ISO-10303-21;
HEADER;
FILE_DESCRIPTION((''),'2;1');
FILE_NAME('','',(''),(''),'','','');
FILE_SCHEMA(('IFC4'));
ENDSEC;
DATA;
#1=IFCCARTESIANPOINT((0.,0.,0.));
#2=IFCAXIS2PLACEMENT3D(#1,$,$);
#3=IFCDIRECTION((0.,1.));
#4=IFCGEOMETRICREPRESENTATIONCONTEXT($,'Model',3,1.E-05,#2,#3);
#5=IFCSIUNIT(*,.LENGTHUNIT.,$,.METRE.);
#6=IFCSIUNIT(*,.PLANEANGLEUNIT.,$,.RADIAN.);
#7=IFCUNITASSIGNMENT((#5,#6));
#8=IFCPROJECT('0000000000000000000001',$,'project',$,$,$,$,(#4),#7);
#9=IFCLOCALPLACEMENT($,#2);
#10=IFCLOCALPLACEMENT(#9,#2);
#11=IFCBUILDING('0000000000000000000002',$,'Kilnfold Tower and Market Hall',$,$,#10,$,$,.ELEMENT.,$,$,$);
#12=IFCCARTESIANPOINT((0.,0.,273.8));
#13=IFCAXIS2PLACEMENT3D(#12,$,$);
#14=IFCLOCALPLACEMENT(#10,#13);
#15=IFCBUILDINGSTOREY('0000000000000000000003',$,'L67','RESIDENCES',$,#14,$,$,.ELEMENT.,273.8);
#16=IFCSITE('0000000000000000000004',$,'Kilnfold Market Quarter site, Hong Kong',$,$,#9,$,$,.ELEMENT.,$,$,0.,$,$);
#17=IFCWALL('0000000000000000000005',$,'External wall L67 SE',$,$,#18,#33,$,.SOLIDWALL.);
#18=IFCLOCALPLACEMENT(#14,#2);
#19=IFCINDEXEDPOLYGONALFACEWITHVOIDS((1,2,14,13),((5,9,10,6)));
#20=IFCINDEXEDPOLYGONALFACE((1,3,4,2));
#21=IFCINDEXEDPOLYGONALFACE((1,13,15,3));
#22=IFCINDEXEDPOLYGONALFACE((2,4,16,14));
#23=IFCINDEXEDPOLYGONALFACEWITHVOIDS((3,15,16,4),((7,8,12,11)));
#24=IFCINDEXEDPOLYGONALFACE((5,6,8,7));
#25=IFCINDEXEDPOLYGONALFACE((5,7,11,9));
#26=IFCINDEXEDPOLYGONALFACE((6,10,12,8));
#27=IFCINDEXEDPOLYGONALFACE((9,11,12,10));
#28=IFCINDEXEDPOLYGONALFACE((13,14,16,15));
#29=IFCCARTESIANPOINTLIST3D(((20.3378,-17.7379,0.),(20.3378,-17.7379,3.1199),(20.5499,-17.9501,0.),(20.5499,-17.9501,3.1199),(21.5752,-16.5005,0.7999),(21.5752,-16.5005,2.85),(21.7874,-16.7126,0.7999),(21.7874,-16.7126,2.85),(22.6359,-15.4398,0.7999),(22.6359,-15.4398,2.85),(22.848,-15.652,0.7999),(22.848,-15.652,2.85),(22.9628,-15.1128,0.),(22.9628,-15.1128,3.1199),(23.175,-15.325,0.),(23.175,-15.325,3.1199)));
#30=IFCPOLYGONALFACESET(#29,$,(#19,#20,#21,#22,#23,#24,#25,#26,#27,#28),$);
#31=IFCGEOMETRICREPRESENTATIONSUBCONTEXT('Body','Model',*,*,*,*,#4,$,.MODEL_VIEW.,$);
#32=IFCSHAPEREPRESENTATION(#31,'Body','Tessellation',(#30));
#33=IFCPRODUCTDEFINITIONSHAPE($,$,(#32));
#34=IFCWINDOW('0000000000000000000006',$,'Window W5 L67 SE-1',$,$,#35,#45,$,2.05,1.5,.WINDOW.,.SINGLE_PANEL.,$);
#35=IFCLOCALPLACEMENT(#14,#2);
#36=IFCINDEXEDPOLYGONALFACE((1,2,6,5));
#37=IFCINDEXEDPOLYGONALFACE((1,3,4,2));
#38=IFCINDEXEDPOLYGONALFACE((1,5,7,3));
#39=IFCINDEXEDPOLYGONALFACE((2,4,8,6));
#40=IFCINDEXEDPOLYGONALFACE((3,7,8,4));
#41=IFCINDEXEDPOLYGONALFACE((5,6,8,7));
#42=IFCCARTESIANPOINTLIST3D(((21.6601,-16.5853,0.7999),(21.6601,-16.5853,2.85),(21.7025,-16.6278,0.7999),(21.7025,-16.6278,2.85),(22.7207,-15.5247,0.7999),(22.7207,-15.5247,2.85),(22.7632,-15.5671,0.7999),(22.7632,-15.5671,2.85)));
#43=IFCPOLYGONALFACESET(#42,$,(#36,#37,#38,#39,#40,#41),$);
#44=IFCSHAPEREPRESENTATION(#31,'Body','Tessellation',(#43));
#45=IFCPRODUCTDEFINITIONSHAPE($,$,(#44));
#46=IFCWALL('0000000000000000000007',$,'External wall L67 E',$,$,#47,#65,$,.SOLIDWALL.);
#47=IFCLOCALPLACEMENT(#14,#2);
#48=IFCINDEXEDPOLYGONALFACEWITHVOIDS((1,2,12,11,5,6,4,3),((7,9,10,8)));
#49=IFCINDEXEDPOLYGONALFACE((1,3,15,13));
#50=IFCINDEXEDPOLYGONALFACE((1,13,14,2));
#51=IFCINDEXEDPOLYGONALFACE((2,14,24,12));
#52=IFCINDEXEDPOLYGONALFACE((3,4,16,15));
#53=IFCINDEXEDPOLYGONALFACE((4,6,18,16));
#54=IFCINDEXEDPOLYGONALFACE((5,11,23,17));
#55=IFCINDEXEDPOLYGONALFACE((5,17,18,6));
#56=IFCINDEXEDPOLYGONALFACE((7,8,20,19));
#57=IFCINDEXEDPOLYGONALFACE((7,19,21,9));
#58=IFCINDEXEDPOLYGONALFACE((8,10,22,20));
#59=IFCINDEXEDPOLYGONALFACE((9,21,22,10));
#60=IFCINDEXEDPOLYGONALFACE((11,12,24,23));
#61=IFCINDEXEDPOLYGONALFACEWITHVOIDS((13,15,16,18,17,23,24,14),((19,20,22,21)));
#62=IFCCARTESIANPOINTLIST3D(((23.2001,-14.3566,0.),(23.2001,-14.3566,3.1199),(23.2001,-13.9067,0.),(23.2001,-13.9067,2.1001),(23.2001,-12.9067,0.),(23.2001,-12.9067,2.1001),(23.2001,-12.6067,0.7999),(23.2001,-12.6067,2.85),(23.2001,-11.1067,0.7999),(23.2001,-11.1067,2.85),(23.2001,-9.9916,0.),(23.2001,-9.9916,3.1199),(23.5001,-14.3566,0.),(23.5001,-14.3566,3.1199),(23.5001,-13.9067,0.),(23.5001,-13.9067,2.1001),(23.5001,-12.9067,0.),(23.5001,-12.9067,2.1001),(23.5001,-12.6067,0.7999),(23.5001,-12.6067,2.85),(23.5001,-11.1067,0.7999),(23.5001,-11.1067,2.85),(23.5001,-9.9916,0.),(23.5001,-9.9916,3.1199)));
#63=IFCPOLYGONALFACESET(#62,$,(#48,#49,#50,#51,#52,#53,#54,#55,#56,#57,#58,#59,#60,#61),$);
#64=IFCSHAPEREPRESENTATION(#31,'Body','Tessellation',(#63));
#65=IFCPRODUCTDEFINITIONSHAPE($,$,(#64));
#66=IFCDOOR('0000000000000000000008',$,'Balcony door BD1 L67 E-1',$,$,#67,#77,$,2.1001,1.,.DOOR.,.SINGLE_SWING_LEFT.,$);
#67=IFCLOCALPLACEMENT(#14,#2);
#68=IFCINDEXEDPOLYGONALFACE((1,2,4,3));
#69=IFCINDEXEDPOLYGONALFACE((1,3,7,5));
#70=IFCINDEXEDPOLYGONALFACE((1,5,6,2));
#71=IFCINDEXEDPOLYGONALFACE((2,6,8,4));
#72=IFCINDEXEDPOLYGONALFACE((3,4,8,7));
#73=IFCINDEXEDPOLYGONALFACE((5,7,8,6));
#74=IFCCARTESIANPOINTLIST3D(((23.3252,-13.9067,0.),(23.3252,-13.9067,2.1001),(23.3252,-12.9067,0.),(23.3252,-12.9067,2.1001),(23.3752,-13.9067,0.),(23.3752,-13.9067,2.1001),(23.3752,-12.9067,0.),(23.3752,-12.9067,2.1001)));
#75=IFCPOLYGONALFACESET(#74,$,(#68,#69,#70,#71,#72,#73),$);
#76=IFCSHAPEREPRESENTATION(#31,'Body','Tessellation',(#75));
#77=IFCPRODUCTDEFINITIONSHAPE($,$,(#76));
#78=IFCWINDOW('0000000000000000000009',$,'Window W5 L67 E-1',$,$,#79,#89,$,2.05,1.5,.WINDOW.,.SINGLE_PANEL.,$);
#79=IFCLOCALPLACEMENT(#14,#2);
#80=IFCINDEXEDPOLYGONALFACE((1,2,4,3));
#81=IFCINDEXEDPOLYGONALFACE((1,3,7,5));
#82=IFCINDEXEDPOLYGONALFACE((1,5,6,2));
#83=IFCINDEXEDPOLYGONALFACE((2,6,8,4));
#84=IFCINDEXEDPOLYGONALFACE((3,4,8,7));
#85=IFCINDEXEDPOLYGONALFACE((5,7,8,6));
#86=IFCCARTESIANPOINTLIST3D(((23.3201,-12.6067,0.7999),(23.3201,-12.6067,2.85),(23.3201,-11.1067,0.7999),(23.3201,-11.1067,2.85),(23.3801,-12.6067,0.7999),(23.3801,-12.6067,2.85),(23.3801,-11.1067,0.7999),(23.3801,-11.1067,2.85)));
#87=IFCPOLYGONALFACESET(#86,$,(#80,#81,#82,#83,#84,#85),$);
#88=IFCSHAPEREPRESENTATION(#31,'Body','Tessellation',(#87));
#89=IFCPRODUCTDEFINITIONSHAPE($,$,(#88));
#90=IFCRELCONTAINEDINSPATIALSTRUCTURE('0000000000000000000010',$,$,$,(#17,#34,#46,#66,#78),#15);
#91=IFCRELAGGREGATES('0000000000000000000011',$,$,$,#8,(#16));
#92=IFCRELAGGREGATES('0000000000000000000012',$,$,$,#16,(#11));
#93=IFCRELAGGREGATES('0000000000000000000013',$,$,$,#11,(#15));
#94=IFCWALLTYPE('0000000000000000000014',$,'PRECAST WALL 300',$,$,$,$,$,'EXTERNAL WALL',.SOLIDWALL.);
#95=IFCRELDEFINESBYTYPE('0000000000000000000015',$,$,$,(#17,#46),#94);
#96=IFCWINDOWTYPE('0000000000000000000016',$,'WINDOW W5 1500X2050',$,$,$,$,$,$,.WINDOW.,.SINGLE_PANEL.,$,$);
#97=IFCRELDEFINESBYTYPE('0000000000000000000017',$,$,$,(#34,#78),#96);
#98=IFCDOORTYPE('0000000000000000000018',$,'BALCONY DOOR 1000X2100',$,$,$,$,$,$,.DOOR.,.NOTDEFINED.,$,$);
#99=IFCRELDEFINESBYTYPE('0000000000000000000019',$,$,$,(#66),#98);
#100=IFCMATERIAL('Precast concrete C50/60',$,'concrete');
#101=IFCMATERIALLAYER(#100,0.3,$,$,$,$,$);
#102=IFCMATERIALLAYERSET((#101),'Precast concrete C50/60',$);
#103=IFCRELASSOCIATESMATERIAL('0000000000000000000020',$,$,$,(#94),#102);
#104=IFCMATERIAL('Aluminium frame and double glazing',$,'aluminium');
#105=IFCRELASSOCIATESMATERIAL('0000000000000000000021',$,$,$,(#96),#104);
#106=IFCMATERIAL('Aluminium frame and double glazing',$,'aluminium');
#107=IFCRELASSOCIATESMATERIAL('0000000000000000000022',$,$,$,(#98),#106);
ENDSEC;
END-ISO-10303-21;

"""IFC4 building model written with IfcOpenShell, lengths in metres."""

from ifc_helpers import new_model, si_unit, direction, frame, frame_2d, origin, place, context, subcontext, project, spatial, rectangle, extrude, source, transform, mapped, material, layer, layer_set, type_object, element, fill, save


model = new_model("IFC4")

# Units and contexts
model_context = context("Model", 3, precision=1e-05, world=origin(), true_north=direction((0.0, 1.0)))
body_context = subcontext(model_context, "Body", "Model", "MODEL_VIEW")
ifc_project = project(units=[si_unit("LENGTHUNIT", "METRE"), si_unit("PLANEANGLEUNIT", "RADIAN")], contexts=[model_context])

# Site, building, storey
site_placement = place(None, origin())
site = spatial("IfcSite", under=ifc_project, at=site_placement, Name="Kilnfold Market Quarter site, Hong Kong", CompositionType="ELEMENT", RefElevation=0.0)
building_placement = place(site_placement, origin())
building = spatial("IfcBuilding", under=site, at=building_placement, Name="Kilnfold Tower and Market Hall", CompositionType="ELEMENT")
storey_placement = place(building_placement, frame((0.0, 0.0, 273.8)))
storey = spatial("IfcBuildingStorey", under=building, at=storey_placement, Name="L67", Description="RESIDENCES", CompositionType="ELEMENT", Elevation=273.8)

# Wall, opening, window
ifc_material_1 = material(Name="Precast concrete C50/60", Category="concrete")
ifc_layer_1 = layer(ifc_material_1, 0.3)
ifc_layer_set_1 = layer_set([ifc_layer_1], Name="Precast concrete C50/60")
wall_type_1 = type_object("IfcWallType", Name="PRECAST WALL 300", ElementType="EXTERNAL WALL", PredefinedType="SOLIDWALL", material=ifc_layer_set_1)
shared_shape_1 = source(origin(), body_context, "Body", "SweptSolid", [
    extrude(rectangle(XDim=3.7124, YDim=0.3, at=frame_2d((1.8562, 0.0))), origin(), (0.0, 0.0, 1.0), 3.1199),
])
wall_1_placement = place(storey_placement, frame((20.4438, -17.844, 0.0), z_axis=(0.0, 0.0, 1.0), x_axis=(0.707107, 0.707107, 0.0)))
wall_1 = element("IfcWall", 1, at=wall_1_placement, inside=storey, type_object=wall_type_1, Name="External wall L67 SE", PredefinedType="SOLIDWALL", context=body_context, shape_type="MappedRepresentation", body=[
    mapped(shared_shape_1, transform((0.0, 0.0, 0.0))),
])
opening_1_placement = place(wall_1_placement, frame((1.75, 0.0, 0.8)))
opening_1 = element("IfcOpeningElement", 2, at=opening_1_placement, cuts=wall_1, PredefinedType="OPENING", context=body_context, shape_type="SweptSolid", body=[
    extrude(rectangle(XDim=1.5, YDim=2.05, at=frame_2d((0.75, 1.0249))), frame((0.0, 0.1602, 0.0), z_axis=(0.0, -1.0, 0.0), x_axis=(1.0, 0.0, 0.0)), (0.0, 0.0, 1.0), 0.3201),
])
ifc_material_2 = material(Name="Aluminium frame and double glazing", Category="aluminium")
window_type = type_object("IfcWindowType", Name="WINDOW W5 1500X2050", PartitioningType="SINGLE_PANEL", PredefinedType="WINDOW", material=ifc_material_2)
window_1_placement = place(opening_1_placement, origin())
window_1 = element("IfcWindow", 3, at=window_1_placement, inside=storey, type_object=window_type, Name="Window W5 L67 SE-1", OverallHeight=2.05, OverallWidth=1.5, PartitioningType="SINGLE_PANEL", PredefinedType="WINDOW", context=body_context, shape_type="SweptSolid", body=[
    extrude(rectangle(XDim=1.5, YDim=2.05, at=frame_2d((0.75, 1.0249))), frame((0.0, 0.03, 0.0), z_axis=(0.0, -1.0, 0.0), x_axis=(1.0, 0.0, 0.0)), (0.0, 0.0, 1.0), 0.0601),
])
fill(opening_1, window_1)

# Wall, openings, door, window
shared_shape_2 = source(origin(), body_context, "Body", "SweptSolid", [
    extrude(rectangle(XDim=4.365, YDim=0.3, at=frame_2d((2.1826, 0.0))), origin(), (0.0, 0.0, 1.0), 3.1199),
])
wall_2_placement = place(storey_placement, frame((23.3501, -14.3567, 0.0), z_axis=(0.0, 0.0, 1.0), x_axis=(0.0, 1.0, 0.0)))
wall_2 = element("IfcWall", 4, at=wall_2_placement, inside=storey, type_object=wall_type_1, Name="External wall L67 E", PredefinedType="SOLIDWALL", context=body_context, shape_type="MappedRepresentation", body=[
    mapped(shared_shape_2, transform((0.0, 0.0, 0.0))),
])
opening_2_placement = place(wall_2_placement, frame((1.75, 0.0, 0.8)))
opening_2 = element("IfcOpeningElement", 5, at=opening_2_placement, cuts=wall_2, PredefinedType="OPENING", context=body_context, shape_type="SweptSolid", body=[
    extrude(rectangle(XDim=1.5, YDim=2.05, at=frame_2d((0.75, 1.0249))), frame((0.0, 0.1602, 0.0), z_axis=(0.0, -1.0, 0.0), x_axis=(1.0, 0.0, 0.0)), (0.0, 0.0, 1.0), 0.3201),
])
opening_3_placement = place(wall_2_placement, frame((0.45, 0.0, 0.0)))
opening_3 = element("IfcOpeningElement", 6, at=opening_3_placement, cuts=wall_2, PredefinedType="OPENING", context=body_context, shape_type="SweptSolid", body=[
    extrude(rectangle(XDim=1.0, YDim=2.1001, at=frame_2d((0.5, 1.05))), frame((0.0, 0.1602, 0.0), z_axis=(0.0, -1.0, 0.0), x_axis=(1.0, 0.0, 0.0)), (0.0, 0.0, 1.0), 0.3201),
])
ifc_material_3 = material(Name="Aluminium frame and double glazing", Category="aluminium")
door_type_1 = type_object("IfcDoorType", Name="BALCONY DOOR 1000X2100", OperationType="NOTDEFINED", PredefinedType="DOOR", material=ifc_material_3)
door_1_placement = place(opening_3_placement, origin())
door_1 = element("IfcDoor", 7, at=door_1_placement, inside=storey, type_object=door_type_1, Name="Balcony door BD1 L67 E-1", OperationType="SINGLE_SWING_LEFT", OverallHeight=2.1001, OverallWidth=1.0, PredefinedType="DOOR", context=body_context, shape_type="SweptSolid", body=[
    extrude(rectangle(XDim=1.0, YDim=2.1001, at=frame_2d((0.5, 1.05))), frame((0.0, 0.0249, 0.0), z_axis=(0.0, -1.0, 0.0), x_axis=(1.0, 0.0, 0.0)), (0.0, 0.0, 1.0), 0.05),
])
fill(opening_3, door_1)
window_2_placement = place(opening_2_placement, origin())
window_2 = element("IfcWindow", 8, at=window_2_placement, inside=storey, type_object=window_type, Name="Window W5 L67 E-1", OverallHeight=2.05, OverallWidth=1.5, PartitioningType="SINGLE_PANEL", PredefinedType="WINDOW", context=body_context, shape_type="SweptSolid", body=[
    extrude(rectangle(XDim=1.5, YDim=2.05, at=frame_2d((0.75, 1.0249))), frame((0.0, 0.03, 0.0), z_axis=(0.0, -1.0, 0.0), x_axis=(1.0, 0.0, 0.0)), (0.0, 0.0, 1.0), 0.0601),
])
fill(opening_2, window_2)

save(model, "model.ifc")
